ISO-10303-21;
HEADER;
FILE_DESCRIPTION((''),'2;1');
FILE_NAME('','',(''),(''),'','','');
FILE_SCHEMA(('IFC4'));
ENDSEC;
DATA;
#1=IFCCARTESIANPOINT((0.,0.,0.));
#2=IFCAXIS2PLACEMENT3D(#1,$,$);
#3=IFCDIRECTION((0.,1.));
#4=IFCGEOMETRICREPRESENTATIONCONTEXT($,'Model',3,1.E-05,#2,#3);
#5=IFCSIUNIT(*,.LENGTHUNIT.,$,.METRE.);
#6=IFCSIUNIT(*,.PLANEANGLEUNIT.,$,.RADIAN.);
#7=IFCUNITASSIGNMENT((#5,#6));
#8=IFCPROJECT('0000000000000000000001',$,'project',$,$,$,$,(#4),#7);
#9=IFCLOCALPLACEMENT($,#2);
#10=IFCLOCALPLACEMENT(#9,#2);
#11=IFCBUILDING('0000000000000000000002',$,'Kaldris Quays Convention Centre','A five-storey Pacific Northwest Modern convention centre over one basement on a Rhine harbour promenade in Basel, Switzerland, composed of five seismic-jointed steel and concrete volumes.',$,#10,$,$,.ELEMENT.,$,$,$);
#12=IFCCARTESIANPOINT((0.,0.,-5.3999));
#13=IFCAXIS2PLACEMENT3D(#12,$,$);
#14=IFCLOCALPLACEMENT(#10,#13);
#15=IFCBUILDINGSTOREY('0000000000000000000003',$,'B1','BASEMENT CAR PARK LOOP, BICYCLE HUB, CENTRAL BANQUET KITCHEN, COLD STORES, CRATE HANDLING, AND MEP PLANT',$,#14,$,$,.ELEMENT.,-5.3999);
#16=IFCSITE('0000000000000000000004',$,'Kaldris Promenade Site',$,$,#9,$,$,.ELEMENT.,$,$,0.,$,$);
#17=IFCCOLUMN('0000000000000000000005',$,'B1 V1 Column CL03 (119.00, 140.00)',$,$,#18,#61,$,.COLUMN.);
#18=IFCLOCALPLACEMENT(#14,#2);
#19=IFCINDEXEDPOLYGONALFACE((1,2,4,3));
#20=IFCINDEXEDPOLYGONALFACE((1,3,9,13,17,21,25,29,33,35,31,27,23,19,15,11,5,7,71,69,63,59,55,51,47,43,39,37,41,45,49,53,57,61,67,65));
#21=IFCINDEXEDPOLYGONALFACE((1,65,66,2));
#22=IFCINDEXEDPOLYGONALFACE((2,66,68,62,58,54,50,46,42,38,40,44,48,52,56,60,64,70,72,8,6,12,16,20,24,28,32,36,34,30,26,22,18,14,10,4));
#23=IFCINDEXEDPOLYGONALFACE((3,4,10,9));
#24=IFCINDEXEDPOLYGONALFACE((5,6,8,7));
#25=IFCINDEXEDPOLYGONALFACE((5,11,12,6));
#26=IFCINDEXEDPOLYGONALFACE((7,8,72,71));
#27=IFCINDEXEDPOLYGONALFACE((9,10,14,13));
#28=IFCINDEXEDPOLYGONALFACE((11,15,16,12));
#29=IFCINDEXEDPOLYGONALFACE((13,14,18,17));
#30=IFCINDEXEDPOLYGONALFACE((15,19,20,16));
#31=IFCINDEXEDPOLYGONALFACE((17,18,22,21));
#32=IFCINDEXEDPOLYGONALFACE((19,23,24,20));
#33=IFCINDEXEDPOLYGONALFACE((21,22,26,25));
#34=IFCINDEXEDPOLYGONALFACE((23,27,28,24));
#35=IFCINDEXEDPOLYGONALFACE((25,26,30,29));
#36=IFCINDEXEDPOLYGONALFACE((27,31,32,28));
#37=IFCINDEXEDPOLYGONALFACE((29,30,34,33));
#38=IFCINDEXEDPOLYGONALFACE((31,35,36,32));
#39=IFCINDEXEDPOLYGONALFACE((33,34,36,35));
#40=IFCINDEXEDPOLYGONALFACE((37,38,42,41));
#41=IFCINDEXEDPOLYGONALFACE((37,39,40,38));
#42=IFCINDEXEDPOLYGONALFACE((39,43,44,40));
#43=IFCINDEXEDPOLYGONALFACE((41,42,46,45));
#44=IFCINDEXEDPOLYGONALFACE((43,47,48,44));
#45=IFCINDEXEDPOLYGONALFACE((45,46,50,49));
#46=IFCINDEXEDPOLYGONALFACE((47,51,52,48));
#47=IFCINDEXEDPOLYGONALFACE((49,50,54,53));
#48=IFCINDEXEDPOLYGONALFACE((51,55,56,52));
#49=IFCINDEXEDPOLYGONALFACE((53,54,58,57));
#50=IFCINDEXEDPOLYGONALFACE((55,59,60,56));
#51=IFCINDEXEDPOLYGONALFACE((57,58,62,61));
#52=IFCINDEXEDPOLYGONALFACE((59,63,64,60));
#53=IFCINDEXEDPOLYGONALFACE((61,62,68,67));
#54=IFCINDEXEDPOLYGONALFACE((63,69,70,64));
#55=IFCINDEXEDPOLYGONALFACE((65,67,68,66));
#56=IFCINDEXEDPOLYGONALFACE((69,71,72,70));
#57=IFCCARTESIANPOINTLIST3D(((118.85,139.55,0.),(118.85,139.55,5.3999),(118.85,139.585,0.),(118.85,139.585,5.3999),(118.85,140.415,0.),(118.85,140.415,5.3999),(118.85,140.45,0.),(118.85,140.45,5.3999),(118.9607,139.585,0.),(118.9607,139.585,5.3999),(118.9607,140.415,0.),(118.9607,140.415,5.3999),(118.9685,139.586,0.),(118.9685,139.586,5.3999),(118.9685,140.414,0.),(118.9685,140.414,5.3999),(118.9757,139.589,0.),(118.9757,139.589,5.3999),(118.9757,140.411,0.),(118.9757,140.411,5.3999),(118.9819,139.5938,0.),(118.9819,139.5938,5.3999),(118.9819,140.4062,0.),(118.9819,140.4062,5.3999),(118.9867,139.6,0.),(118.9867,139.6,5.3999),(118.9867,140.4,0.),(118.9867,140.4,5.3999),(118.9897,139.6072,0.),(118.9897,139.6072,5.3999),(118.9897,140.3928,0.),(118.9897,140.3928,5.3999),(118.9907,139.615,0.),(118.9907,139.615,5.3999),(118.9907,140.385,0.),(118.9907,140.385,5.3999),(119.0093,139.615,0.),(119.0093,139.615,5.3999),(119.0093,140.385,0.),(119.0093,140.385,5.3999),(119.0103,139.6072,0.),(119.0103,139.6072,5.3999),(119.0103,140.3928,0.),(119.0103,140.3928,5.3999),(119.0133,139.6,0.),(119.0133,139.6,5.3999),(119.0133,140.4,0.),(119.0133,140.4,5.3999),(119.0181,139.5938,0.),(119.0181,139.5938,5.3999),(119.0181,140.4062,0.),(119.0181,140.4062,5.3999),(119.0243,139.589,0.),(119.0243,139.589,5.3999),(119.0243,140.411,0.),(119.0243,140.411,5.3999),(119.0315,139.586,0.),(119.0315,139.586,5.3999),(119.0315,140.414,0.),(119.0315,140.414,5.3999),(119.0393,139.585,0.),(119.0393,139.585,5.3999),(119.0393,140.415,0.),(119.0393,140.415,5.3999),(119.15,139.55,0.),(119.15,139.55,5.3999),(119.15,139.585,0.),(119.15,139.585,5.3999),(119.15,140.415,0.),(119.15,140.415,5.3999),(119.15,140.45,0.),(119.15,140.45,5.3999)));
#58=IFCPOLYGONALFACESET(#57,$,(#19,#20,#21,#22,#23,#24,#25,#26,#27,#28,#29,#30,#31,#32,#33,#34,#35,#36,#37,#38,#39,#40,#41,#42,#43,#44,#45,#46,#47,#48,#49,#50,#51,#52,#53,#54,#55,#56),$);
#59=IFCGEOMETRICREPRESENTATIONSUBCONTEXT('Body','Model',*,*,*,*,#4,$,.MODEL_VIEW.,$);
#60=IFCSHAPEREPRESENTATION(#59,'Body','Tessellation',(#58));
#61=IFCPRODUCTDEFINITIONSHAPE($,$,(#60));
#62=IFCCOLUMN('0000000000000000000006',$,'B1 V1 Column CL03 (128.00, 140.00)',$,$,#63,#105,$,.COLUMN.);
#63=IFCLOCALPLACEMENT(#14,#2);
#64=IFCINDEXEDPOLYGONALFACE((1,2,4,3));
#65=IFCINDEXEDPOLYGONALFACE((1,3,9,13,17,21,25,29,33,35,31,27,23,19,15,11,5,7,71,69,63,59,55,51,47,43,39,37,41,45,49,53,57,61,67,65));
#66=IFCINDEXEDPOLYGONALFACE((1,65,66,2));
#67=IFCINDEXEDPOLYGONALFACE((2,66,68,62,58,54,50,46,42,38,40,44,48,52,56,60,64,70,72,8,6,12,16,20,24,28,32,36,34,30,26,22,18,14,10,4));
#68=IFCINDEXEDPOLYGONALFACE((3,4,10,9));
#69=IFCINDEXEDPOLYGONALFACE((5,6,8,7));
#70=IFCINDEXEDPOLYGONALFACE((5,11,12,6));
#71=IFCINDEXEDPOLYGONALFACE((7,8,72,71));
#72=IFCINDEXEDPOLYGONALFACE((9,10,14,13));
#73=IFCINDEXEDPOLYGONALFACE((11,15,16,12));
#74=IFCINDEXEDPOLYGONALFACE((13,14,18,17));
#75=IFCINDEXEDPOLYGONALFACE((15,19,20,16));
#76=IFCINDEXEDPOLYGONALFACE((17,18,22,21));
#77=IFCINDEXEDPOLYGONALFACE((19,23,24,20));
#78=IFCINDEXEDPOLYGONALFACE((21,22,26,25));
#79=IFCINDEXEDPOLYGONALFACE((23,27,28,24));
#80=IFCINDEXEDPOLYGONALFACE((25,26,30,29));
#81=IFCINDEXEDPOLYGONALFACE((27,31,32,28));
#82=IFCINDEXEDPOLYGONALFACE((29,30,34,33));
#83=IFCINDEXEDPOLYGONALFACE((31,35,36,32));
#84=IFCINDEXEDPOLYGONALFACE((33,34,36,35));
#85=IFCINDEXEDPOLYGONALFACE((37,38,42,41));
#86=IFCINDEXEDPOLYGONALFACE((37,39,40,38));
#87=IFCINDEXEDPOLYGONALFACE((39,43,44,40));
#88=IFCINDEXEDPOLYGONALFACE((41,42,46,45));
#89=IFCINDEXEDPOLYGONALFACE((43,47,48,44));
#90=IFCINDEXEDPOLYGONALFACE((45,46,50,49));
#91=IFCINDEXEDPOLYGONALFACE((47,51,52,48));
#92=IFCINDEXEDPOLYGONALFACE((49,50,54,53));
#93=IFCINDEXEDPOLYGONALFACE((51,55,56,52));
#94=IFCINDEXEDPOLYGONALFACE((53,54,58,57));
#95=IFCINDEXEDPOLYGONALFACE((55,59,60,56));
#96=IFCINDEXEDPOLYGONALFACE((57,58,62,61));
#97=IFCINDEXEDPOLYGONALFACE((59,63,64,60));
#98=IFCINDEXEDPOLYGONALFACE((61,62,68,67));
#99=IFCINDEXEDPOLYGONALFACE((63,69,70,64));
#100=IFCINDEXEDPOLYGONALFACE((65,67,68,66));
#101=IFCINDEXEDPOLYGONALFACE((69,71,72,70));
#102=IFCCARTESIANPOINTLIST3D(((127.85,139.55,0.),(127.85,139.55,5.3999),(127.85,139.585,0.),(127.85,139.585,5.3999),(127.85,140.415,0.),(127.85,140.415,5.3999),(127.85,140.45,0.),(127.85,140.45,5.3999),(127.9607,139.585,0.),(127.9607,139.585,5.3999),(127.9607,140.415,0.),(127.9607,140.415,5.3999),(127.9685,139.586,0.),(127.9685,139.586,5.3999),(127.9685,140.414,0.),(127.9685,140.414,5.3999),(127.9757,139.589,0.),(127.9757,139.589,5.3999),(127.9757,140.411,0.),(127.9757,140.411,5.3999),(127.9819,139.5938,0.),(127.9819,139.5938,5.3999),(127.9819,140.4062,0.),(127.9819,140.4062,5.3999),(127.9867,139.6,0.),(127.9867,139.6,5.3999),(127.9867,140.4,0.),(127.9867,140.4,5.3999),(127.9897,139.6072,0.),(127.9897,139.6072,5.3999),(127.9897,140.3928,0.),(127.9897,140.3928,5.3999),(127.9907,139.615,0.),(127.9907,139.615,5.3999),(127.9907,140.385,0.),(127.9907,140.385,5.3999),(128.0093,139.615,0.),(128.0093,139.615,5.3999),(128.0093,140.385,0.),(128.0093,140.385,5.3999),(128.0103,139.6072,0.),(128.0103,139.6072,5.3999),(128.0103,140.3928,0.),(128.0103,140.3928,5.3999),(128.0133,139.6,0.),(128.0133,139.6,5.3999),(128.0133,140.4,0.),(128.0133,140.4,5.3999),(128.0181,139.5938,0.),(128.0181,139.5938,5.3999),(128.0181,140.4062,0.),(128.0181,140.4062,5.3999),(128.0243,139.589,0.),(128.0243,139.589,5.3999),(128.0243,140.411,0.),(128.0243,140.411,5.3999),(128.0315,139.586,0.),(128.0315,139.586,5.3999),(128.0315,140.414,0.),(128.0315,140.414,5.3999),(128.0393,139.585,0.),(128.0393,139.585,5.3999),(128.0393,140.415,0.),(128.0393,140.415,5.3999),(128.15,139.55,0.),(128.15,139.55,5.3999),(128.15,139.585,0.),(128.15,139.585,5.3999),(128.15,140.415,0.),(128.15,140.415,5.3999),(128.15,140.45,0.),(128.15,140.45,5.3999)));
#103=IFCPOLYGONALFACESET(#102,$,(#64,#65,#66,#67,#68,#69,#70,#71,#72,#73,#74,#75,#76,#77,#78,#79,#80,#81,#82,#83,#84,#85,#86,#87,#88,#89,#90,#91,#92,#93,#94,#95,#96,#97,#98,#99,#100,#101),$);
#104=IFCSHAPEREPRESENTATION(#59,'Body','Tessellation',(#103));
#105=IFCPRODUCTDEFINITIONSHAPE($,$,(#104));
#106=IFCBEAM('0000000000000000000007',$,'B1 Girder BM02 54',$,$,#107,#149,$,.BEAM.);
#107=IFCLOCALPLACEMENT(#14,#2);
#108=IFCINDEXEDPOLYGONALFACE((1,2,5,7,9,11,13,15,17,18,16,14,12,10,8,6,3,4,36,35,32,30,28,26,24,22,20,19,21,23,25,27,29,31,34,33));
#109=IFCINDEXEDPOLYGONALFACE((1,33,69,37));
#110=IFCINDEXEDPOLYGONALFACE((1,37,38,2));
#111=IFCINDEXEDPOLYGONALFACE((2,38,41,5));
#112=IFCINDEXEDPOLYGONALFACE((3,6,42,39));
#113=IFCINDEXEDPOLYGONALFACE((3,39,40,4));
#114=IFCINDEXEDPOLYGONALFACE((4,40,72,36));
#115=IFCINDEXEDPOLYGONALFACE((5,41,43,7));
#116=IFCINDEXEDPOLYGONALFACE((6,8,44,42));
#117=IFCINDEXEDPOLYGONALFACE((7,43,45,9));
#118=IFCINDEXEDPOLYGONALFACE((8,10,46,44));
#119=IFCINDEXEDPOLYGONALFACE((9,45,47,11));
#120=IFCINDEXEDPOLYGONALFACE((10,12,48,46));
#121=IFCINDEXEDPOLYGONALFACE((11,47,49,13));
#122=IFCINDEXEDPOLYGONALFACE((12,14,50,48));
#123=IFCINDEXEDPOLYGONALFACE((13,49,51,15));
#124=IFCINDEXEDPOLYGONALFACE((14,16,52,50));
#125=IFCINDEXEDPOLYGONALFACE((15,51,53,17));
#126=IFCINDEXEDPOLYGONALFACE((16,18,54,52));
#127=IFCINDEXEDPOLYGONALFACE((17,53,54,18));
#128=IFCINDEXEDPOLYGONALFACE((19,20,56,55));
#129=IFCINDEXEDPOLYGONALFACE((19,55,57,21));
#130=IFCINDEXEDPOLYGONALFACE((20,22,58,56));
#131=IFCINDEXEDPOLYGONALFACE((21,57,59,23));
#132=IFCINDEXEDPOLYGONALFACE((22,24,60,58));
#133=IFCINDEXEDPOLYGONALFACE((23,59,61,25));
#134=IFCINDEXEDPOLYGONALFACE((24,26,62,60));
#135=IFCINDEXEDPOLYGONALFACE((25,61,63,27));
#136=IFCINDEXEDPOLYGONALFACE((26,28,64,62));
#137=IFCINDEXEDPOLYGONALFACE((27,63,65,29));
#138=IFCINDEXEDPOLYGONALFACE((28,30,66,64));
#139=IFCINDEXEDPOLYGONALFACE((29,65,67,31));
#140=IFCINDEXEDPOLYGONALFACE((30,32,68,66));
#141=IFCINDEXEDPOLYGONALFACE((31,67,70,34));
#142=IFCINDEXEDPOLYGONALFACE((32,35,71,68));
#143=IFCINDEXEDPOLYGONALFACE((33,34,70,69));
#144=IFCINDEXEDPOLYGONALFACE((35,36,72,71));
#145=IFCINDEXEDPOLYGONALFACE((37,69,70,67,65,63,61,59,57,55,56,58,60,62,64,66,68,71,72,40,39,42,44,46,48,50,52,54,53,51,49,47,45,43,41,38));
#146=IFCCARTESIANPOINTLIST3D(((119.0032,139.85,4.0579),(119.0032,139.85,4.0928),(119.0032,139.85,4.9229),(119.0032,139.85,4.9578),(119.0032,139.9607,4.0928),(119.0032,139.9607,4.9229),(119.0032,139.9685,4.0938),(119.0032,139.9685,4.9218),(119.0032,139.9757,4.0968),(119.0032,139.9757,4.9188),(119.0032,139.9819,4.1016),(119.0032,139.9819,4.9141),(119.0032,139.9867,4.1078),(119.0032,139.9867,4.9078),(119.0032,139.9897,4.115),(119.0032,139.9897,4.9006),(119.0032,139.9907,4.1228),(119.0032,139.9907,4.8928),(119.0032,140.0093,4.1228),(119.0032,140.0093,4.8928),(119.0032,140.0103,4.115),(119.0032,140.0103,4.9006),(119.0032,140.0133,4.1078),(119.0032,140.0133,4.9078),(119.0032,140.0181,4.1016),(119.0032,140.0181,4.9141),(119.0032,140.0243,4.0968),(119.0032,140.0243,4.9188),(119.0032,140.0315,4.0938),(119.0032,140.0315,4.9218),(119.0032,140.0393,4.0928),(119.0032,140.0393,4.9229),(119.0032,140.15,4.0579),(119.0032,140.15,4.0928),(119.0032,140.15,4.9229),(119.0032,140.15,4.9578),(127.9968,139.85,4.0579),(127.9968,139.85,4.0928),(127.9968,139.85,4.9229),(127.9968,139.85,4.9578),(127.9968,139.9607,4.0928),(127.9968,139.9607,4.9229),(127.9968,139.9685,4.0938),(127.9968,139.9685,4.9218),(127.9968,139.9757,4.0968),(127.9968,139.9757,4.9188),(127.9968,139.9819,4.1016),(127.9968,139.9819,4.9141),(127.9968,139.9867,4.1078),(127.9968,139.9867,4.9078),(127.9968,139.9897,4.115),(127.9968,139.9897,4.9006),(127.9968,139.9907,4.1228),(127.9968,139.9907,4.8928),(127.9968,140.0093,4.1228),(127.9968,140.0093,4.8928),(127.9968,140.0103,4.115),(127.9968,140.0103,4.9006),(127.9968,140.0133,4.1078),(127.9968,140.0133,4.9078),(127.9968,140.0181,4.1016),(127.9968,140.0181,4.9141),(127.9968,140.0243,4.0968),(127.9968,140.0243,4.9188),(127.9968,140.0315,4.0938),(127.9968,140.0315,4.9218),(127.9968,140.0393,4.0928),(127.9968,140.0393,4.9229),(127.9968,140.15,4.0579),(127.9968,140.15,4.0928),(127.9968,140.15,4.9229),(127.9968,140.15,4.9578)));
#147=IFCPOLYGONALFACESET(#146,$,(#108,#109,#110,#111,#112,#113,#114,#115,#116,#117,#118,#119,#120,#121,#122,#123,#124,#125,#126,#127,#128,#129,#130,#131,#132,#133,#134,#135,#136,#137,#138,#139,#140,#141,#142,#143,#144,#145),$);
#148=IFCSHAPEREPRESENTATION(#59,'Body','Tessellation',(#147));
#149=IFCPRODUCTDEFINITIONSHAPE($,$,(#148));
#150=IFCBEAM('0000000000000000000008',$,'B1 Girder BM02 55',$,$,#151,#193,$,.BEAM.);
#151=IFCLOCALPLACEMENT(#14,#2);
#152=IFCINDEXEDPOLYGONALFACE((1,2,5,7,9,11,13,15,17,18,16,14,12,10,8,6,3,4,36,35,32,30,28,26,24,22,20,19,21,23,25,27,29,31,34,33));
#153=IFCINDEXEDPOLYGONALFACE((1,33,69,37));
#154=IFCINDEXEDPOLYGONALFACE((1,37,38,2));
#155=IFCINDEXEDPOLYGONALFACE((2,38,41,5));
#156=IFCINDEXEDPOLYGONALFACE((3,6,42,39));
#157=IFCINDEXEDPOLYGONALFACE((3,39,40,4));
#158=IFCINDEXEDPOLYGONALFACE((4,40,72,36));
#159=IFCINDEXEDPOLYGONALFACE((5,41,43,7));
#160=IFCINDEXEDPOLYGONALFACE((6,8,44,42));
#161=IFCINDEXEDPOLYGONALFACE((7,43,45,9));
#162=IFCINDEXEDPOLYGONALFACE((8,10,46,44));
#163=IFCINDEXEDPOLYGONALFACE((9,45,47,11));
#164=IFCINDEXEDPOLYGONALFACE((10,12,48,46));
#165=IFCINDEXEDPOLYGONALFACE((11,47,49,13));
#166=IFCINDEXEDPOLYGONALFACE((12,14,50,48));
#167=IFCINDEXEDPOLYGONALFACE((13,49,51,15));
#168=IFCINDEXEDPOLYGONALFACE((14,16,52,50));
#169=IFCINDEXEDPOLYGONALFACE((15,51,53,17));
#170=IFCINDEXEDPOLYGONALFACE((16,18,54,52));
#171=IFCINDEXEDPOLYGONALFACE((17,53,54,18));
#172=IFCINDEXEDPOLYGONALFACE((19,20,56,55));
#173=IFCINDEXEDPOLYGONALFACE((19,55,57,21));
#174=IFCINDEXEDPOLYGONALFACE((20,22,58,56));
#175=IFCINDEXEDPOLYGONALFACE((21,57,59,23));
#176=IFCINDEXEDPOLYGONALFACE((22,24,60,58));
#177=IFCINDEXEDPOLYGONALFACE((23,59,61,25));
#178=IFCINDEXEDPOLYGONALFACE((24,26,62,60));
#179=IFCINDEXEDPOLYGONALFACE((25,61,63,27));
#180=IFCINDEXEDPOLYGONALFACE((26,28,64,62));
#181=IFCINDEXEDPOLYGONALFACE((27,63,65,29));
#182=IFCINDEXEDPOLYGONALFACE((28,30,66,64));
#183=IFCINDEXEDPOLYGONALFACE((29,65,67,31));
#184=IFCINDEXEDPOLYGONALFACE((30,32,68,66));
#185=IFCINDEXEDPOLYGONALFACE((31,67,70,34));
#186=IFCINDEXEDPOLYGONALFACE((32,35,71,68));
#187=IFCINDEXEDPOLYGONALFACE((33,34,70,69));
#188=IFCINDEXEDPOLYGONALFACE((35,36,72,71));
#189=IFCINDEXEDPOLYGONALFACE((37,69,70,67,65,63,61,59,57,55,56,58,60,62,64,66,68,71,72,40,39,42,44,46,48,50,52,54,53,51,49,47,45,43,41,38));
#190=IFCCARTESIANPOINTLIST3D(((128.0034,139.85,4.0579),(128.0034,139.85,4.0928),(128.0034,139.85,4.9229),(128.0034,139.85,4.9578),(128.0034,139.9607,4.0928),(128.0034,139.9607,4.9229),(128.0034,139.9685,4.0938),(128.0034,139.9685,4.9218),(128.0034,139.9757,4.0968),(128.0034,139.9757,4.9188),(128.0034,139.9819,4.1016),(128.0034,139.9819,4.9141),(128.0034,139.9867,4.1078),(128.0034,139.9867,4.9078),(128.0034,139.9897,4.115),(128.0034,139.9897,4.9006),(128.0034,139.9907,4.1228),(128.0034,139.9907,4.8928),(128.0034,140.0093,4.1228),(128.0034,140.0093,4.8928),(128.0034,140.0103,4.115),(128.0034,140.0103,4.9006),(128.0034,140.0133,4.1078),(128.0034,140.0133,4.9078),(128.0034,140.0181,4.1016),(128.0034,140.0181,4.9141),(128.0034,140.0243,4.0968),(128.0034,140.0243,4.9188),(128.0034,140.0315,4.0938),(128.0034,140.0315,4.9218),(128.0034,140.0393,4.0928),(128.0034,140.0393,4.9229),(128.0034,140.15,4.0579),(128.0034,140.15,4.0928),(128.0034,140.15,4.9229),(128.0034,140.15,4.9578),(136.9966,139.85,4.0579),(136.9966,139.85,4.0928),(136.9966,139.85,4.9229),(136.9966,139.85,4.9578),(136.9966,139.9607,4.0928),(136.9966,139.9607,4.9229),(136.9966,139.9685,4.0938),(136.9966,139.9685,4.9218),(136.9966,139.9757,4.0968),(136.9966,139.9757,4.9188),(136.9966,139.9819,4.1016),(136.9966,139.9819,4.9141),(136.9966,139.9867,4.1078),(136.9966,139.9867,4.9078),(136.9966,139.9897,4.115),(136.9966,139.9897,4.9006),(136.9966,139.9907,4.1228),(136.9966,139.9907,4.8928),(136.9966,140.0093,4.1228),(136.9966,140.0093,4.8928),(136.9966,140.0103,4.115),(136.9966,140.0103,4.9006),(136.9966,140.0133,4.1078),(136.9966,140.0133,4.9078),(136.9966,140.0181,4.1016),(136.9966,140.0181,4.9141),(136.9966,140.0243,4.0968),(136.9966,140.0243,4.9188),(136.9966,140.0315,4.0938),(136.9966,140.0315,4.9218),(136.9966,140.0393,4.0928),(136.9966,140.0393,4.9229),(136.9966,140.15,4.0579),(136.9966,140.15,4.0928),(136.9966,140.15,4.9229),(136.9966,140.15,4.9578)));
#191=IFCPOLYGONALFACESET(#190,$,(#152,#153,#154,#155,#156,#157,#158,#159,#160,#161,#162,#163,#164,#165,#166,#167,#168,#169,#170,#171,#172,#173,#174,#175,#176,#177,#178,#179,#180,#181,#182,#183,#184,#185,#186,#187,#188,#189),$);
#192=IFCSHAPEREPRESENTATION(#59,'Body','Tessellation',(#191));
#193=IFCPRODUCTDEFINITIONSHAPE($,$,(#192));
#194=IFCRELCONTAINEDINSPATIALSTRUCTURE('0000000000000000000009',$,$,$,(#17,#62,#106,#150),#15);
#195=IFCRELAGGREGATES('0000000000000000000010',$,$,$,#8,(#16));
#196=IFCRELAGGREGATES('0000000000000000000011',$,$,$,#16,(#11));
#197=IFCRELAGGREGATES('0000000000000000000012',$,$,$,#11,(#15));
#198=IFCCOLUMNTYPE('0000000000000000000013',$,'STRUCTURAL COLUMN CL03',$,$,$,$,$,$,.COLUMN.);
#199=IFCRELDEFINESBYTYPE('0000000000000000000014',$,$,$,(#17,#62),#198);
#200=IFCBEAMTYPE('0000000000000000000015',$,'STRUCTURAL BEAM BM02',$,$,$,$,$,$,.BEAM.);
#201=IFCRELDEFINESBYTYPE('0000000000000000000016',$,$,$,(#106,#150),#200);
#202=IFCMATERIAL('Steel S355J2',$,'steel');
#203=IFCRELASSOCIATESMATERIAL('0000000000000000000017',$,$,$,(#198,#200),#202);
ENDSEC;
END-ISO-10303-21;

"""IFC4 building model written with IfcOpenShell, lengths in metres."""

from ifc_helpers import new_model, si_unit, direction, frame, origin, origin_2d, place, context, subcontext, project, spatial, i_section, extrude, material, material_profile, profile_set, type_object, element, save


model = new_model("IFC4")

# Units and contexts
model_context = context("Model", 3, precision=1e-05, world=origin(), true_north=direction((0.0, 1.0)))
body_context = subcontext(model_context, "Body", "Model", "MODEL_VIEW")
ifc_project = project(units=[si_unit("LENGTHUNIT", "METRE"), si_unit("PLANEANGLEUNIT", "RADIAN")], contexts=[model_context])

# Site, building, storey
site_placement = place(None, origin())
site = spatial("IfcSite", under=ifc_project, at=site_placement, Name="Kaldris Promenade Site", CompositionType="ELEMENT", RefElevation=0.0)
building_placement = place(site_placement, origin())
building = spatial("IfcBuilding", under=site, at=building_placement, Name="Kaldris Quays Convention Centre", Description="A five-storey Pacific Northwest Modern convention centre over one basement on a Rhine harbour promenade in Basel, Switzerland, composed of five seismic-jointed steel and concrete volumes.", CompositionType="ELEMENT")
storey_placement = place(building_placement, frame((0.0, 0.0, -5.3999)))
storey = spatial("IfcBuildingStorey", under=building, at=storey_placement, Name="B1", Description="BASEMENT CAR PARK LOOP, BICYCLE HUB, CENTRAL BANQUET KITCHEN, COLD STORES, CRATE HANDLING, AND MEP PLANT", CompositionType="ELEMENT", Elevation=-5.3999)

# Columns
ifc_material_1 = material(Name="Steel S355J2", Category="steel")
ifc_material_profile_1 = material_profile(ifc_material_1, i_section(OverallWidth=0.3, OverallDepth=0.8999, WebThickness=0.0186, FlangeThickness=0.0349, FilletRadius=0.03, at=origin_2d()), Name="HEB 900")
ifc_profile_set_1 = profile_set([ifc_material_profile_1], Name="Steel S355J2")
column_type = type_object("IfcColumnType", Name="STRUCTURAL COLUMN CL03", PredefinedType="COLUMN", material=ifc_profile_set_1)
for number, where, z_axis, x_axis, name in (
    (1, (119.0, 140.0, 0.0), (0.0, 0.0, 1.0), (1.0, 0.0, 0.0), "B1 V1 Column CL03 (119.00, 140.00)"),
    (2, (128.0, 140.0, 0.0), (0.0, 0.0, 1.0), (1.0, 0.0, 0.0), "B1 V1 Column CL03 (128.00, 140.00)"),
):
    element("IfcColumn", number, at=place(storey_placement, frame(where, z_axis=z_axis, x_axis=x_axis)), inside=storey, type_object=column_type, Name=name, PredefinedType="COLUMN", context=body_context, shape_type="SweptSolid", body=[
        extrude(i_section(OverallWidth=0.3, OverallDepth=0.8999, WebThickness=0.0186, FlangeThickness=0.0349, FilletRadius=0.03, at=origin_2d()), origin(), (0.0, 0.0, 1.0), 5.3999),
    ])

# Beams
ifc_material_profile_2 = material_profile(ifc_material_1, i_section(OverallWidth=0.3, OverallDepth=0.8999, WebThickness=0.0186, FlangeThickness=0.0349, FilletRadius=0.03, at=origin_2d()), Name="HEB 900")
ifc_profile_set_2 = profile_set([ifc_material_profile_2], Name="Steel S355J2")
beam_type = type_object("IfcBeamType", Name="STRUCTURAL BEAM BM02", PredefinedType="BEAM", material=ifc_profile_set_2)
beam_1_placement = place(storey_placement, frame((119.0032, 140.0, 4.5078), z_axis=(1.0, 0.0, 0.0), x_axis=(0.0, 1.0, 0.0)))
element("IfcBeam", 3, at=beam_1_placement, inside=storey, type_object=beam_type, Name="B1 Girder BM02 54", PredefinedType="BEAM", context=body_context, shape_type="SweptSolid", body=[
    extrude(i_section(OverallWidth=0.3, OverallDepth=0.8999, WebThickness=0.0186, FlangeThickness=0.0349, FilletRadius=0.03, at=origin_2d()), origin(), (0.0, 0.0, 1.0), 8.9937),
])
beam_2_placement = place(storey_placement, frame((128.0034, 140.0, 4.5078), z_axis=(1.0, 0.0, 0.0), x_axis=(0.0, 1.0, 0.0)))
element("IfcBeam", 4, at=beam_2_placement, inside=storey, type_object=beam_type, Name="B1 Girder BM02 55", PredefinedType="BEAM", context=body_context, shape_type="SweptSolid", body=[
    extrude(i_section(OverallWidth=0.3, OverallDepth=0.8999, WebThickness=0.0186, FlangeThickness=0.0349, FilletRadius=0.03, at=origin_2d()), origin(), (0.0, 0.0, 1.0), 8.9932),
])

save(model, "model.ifc")
